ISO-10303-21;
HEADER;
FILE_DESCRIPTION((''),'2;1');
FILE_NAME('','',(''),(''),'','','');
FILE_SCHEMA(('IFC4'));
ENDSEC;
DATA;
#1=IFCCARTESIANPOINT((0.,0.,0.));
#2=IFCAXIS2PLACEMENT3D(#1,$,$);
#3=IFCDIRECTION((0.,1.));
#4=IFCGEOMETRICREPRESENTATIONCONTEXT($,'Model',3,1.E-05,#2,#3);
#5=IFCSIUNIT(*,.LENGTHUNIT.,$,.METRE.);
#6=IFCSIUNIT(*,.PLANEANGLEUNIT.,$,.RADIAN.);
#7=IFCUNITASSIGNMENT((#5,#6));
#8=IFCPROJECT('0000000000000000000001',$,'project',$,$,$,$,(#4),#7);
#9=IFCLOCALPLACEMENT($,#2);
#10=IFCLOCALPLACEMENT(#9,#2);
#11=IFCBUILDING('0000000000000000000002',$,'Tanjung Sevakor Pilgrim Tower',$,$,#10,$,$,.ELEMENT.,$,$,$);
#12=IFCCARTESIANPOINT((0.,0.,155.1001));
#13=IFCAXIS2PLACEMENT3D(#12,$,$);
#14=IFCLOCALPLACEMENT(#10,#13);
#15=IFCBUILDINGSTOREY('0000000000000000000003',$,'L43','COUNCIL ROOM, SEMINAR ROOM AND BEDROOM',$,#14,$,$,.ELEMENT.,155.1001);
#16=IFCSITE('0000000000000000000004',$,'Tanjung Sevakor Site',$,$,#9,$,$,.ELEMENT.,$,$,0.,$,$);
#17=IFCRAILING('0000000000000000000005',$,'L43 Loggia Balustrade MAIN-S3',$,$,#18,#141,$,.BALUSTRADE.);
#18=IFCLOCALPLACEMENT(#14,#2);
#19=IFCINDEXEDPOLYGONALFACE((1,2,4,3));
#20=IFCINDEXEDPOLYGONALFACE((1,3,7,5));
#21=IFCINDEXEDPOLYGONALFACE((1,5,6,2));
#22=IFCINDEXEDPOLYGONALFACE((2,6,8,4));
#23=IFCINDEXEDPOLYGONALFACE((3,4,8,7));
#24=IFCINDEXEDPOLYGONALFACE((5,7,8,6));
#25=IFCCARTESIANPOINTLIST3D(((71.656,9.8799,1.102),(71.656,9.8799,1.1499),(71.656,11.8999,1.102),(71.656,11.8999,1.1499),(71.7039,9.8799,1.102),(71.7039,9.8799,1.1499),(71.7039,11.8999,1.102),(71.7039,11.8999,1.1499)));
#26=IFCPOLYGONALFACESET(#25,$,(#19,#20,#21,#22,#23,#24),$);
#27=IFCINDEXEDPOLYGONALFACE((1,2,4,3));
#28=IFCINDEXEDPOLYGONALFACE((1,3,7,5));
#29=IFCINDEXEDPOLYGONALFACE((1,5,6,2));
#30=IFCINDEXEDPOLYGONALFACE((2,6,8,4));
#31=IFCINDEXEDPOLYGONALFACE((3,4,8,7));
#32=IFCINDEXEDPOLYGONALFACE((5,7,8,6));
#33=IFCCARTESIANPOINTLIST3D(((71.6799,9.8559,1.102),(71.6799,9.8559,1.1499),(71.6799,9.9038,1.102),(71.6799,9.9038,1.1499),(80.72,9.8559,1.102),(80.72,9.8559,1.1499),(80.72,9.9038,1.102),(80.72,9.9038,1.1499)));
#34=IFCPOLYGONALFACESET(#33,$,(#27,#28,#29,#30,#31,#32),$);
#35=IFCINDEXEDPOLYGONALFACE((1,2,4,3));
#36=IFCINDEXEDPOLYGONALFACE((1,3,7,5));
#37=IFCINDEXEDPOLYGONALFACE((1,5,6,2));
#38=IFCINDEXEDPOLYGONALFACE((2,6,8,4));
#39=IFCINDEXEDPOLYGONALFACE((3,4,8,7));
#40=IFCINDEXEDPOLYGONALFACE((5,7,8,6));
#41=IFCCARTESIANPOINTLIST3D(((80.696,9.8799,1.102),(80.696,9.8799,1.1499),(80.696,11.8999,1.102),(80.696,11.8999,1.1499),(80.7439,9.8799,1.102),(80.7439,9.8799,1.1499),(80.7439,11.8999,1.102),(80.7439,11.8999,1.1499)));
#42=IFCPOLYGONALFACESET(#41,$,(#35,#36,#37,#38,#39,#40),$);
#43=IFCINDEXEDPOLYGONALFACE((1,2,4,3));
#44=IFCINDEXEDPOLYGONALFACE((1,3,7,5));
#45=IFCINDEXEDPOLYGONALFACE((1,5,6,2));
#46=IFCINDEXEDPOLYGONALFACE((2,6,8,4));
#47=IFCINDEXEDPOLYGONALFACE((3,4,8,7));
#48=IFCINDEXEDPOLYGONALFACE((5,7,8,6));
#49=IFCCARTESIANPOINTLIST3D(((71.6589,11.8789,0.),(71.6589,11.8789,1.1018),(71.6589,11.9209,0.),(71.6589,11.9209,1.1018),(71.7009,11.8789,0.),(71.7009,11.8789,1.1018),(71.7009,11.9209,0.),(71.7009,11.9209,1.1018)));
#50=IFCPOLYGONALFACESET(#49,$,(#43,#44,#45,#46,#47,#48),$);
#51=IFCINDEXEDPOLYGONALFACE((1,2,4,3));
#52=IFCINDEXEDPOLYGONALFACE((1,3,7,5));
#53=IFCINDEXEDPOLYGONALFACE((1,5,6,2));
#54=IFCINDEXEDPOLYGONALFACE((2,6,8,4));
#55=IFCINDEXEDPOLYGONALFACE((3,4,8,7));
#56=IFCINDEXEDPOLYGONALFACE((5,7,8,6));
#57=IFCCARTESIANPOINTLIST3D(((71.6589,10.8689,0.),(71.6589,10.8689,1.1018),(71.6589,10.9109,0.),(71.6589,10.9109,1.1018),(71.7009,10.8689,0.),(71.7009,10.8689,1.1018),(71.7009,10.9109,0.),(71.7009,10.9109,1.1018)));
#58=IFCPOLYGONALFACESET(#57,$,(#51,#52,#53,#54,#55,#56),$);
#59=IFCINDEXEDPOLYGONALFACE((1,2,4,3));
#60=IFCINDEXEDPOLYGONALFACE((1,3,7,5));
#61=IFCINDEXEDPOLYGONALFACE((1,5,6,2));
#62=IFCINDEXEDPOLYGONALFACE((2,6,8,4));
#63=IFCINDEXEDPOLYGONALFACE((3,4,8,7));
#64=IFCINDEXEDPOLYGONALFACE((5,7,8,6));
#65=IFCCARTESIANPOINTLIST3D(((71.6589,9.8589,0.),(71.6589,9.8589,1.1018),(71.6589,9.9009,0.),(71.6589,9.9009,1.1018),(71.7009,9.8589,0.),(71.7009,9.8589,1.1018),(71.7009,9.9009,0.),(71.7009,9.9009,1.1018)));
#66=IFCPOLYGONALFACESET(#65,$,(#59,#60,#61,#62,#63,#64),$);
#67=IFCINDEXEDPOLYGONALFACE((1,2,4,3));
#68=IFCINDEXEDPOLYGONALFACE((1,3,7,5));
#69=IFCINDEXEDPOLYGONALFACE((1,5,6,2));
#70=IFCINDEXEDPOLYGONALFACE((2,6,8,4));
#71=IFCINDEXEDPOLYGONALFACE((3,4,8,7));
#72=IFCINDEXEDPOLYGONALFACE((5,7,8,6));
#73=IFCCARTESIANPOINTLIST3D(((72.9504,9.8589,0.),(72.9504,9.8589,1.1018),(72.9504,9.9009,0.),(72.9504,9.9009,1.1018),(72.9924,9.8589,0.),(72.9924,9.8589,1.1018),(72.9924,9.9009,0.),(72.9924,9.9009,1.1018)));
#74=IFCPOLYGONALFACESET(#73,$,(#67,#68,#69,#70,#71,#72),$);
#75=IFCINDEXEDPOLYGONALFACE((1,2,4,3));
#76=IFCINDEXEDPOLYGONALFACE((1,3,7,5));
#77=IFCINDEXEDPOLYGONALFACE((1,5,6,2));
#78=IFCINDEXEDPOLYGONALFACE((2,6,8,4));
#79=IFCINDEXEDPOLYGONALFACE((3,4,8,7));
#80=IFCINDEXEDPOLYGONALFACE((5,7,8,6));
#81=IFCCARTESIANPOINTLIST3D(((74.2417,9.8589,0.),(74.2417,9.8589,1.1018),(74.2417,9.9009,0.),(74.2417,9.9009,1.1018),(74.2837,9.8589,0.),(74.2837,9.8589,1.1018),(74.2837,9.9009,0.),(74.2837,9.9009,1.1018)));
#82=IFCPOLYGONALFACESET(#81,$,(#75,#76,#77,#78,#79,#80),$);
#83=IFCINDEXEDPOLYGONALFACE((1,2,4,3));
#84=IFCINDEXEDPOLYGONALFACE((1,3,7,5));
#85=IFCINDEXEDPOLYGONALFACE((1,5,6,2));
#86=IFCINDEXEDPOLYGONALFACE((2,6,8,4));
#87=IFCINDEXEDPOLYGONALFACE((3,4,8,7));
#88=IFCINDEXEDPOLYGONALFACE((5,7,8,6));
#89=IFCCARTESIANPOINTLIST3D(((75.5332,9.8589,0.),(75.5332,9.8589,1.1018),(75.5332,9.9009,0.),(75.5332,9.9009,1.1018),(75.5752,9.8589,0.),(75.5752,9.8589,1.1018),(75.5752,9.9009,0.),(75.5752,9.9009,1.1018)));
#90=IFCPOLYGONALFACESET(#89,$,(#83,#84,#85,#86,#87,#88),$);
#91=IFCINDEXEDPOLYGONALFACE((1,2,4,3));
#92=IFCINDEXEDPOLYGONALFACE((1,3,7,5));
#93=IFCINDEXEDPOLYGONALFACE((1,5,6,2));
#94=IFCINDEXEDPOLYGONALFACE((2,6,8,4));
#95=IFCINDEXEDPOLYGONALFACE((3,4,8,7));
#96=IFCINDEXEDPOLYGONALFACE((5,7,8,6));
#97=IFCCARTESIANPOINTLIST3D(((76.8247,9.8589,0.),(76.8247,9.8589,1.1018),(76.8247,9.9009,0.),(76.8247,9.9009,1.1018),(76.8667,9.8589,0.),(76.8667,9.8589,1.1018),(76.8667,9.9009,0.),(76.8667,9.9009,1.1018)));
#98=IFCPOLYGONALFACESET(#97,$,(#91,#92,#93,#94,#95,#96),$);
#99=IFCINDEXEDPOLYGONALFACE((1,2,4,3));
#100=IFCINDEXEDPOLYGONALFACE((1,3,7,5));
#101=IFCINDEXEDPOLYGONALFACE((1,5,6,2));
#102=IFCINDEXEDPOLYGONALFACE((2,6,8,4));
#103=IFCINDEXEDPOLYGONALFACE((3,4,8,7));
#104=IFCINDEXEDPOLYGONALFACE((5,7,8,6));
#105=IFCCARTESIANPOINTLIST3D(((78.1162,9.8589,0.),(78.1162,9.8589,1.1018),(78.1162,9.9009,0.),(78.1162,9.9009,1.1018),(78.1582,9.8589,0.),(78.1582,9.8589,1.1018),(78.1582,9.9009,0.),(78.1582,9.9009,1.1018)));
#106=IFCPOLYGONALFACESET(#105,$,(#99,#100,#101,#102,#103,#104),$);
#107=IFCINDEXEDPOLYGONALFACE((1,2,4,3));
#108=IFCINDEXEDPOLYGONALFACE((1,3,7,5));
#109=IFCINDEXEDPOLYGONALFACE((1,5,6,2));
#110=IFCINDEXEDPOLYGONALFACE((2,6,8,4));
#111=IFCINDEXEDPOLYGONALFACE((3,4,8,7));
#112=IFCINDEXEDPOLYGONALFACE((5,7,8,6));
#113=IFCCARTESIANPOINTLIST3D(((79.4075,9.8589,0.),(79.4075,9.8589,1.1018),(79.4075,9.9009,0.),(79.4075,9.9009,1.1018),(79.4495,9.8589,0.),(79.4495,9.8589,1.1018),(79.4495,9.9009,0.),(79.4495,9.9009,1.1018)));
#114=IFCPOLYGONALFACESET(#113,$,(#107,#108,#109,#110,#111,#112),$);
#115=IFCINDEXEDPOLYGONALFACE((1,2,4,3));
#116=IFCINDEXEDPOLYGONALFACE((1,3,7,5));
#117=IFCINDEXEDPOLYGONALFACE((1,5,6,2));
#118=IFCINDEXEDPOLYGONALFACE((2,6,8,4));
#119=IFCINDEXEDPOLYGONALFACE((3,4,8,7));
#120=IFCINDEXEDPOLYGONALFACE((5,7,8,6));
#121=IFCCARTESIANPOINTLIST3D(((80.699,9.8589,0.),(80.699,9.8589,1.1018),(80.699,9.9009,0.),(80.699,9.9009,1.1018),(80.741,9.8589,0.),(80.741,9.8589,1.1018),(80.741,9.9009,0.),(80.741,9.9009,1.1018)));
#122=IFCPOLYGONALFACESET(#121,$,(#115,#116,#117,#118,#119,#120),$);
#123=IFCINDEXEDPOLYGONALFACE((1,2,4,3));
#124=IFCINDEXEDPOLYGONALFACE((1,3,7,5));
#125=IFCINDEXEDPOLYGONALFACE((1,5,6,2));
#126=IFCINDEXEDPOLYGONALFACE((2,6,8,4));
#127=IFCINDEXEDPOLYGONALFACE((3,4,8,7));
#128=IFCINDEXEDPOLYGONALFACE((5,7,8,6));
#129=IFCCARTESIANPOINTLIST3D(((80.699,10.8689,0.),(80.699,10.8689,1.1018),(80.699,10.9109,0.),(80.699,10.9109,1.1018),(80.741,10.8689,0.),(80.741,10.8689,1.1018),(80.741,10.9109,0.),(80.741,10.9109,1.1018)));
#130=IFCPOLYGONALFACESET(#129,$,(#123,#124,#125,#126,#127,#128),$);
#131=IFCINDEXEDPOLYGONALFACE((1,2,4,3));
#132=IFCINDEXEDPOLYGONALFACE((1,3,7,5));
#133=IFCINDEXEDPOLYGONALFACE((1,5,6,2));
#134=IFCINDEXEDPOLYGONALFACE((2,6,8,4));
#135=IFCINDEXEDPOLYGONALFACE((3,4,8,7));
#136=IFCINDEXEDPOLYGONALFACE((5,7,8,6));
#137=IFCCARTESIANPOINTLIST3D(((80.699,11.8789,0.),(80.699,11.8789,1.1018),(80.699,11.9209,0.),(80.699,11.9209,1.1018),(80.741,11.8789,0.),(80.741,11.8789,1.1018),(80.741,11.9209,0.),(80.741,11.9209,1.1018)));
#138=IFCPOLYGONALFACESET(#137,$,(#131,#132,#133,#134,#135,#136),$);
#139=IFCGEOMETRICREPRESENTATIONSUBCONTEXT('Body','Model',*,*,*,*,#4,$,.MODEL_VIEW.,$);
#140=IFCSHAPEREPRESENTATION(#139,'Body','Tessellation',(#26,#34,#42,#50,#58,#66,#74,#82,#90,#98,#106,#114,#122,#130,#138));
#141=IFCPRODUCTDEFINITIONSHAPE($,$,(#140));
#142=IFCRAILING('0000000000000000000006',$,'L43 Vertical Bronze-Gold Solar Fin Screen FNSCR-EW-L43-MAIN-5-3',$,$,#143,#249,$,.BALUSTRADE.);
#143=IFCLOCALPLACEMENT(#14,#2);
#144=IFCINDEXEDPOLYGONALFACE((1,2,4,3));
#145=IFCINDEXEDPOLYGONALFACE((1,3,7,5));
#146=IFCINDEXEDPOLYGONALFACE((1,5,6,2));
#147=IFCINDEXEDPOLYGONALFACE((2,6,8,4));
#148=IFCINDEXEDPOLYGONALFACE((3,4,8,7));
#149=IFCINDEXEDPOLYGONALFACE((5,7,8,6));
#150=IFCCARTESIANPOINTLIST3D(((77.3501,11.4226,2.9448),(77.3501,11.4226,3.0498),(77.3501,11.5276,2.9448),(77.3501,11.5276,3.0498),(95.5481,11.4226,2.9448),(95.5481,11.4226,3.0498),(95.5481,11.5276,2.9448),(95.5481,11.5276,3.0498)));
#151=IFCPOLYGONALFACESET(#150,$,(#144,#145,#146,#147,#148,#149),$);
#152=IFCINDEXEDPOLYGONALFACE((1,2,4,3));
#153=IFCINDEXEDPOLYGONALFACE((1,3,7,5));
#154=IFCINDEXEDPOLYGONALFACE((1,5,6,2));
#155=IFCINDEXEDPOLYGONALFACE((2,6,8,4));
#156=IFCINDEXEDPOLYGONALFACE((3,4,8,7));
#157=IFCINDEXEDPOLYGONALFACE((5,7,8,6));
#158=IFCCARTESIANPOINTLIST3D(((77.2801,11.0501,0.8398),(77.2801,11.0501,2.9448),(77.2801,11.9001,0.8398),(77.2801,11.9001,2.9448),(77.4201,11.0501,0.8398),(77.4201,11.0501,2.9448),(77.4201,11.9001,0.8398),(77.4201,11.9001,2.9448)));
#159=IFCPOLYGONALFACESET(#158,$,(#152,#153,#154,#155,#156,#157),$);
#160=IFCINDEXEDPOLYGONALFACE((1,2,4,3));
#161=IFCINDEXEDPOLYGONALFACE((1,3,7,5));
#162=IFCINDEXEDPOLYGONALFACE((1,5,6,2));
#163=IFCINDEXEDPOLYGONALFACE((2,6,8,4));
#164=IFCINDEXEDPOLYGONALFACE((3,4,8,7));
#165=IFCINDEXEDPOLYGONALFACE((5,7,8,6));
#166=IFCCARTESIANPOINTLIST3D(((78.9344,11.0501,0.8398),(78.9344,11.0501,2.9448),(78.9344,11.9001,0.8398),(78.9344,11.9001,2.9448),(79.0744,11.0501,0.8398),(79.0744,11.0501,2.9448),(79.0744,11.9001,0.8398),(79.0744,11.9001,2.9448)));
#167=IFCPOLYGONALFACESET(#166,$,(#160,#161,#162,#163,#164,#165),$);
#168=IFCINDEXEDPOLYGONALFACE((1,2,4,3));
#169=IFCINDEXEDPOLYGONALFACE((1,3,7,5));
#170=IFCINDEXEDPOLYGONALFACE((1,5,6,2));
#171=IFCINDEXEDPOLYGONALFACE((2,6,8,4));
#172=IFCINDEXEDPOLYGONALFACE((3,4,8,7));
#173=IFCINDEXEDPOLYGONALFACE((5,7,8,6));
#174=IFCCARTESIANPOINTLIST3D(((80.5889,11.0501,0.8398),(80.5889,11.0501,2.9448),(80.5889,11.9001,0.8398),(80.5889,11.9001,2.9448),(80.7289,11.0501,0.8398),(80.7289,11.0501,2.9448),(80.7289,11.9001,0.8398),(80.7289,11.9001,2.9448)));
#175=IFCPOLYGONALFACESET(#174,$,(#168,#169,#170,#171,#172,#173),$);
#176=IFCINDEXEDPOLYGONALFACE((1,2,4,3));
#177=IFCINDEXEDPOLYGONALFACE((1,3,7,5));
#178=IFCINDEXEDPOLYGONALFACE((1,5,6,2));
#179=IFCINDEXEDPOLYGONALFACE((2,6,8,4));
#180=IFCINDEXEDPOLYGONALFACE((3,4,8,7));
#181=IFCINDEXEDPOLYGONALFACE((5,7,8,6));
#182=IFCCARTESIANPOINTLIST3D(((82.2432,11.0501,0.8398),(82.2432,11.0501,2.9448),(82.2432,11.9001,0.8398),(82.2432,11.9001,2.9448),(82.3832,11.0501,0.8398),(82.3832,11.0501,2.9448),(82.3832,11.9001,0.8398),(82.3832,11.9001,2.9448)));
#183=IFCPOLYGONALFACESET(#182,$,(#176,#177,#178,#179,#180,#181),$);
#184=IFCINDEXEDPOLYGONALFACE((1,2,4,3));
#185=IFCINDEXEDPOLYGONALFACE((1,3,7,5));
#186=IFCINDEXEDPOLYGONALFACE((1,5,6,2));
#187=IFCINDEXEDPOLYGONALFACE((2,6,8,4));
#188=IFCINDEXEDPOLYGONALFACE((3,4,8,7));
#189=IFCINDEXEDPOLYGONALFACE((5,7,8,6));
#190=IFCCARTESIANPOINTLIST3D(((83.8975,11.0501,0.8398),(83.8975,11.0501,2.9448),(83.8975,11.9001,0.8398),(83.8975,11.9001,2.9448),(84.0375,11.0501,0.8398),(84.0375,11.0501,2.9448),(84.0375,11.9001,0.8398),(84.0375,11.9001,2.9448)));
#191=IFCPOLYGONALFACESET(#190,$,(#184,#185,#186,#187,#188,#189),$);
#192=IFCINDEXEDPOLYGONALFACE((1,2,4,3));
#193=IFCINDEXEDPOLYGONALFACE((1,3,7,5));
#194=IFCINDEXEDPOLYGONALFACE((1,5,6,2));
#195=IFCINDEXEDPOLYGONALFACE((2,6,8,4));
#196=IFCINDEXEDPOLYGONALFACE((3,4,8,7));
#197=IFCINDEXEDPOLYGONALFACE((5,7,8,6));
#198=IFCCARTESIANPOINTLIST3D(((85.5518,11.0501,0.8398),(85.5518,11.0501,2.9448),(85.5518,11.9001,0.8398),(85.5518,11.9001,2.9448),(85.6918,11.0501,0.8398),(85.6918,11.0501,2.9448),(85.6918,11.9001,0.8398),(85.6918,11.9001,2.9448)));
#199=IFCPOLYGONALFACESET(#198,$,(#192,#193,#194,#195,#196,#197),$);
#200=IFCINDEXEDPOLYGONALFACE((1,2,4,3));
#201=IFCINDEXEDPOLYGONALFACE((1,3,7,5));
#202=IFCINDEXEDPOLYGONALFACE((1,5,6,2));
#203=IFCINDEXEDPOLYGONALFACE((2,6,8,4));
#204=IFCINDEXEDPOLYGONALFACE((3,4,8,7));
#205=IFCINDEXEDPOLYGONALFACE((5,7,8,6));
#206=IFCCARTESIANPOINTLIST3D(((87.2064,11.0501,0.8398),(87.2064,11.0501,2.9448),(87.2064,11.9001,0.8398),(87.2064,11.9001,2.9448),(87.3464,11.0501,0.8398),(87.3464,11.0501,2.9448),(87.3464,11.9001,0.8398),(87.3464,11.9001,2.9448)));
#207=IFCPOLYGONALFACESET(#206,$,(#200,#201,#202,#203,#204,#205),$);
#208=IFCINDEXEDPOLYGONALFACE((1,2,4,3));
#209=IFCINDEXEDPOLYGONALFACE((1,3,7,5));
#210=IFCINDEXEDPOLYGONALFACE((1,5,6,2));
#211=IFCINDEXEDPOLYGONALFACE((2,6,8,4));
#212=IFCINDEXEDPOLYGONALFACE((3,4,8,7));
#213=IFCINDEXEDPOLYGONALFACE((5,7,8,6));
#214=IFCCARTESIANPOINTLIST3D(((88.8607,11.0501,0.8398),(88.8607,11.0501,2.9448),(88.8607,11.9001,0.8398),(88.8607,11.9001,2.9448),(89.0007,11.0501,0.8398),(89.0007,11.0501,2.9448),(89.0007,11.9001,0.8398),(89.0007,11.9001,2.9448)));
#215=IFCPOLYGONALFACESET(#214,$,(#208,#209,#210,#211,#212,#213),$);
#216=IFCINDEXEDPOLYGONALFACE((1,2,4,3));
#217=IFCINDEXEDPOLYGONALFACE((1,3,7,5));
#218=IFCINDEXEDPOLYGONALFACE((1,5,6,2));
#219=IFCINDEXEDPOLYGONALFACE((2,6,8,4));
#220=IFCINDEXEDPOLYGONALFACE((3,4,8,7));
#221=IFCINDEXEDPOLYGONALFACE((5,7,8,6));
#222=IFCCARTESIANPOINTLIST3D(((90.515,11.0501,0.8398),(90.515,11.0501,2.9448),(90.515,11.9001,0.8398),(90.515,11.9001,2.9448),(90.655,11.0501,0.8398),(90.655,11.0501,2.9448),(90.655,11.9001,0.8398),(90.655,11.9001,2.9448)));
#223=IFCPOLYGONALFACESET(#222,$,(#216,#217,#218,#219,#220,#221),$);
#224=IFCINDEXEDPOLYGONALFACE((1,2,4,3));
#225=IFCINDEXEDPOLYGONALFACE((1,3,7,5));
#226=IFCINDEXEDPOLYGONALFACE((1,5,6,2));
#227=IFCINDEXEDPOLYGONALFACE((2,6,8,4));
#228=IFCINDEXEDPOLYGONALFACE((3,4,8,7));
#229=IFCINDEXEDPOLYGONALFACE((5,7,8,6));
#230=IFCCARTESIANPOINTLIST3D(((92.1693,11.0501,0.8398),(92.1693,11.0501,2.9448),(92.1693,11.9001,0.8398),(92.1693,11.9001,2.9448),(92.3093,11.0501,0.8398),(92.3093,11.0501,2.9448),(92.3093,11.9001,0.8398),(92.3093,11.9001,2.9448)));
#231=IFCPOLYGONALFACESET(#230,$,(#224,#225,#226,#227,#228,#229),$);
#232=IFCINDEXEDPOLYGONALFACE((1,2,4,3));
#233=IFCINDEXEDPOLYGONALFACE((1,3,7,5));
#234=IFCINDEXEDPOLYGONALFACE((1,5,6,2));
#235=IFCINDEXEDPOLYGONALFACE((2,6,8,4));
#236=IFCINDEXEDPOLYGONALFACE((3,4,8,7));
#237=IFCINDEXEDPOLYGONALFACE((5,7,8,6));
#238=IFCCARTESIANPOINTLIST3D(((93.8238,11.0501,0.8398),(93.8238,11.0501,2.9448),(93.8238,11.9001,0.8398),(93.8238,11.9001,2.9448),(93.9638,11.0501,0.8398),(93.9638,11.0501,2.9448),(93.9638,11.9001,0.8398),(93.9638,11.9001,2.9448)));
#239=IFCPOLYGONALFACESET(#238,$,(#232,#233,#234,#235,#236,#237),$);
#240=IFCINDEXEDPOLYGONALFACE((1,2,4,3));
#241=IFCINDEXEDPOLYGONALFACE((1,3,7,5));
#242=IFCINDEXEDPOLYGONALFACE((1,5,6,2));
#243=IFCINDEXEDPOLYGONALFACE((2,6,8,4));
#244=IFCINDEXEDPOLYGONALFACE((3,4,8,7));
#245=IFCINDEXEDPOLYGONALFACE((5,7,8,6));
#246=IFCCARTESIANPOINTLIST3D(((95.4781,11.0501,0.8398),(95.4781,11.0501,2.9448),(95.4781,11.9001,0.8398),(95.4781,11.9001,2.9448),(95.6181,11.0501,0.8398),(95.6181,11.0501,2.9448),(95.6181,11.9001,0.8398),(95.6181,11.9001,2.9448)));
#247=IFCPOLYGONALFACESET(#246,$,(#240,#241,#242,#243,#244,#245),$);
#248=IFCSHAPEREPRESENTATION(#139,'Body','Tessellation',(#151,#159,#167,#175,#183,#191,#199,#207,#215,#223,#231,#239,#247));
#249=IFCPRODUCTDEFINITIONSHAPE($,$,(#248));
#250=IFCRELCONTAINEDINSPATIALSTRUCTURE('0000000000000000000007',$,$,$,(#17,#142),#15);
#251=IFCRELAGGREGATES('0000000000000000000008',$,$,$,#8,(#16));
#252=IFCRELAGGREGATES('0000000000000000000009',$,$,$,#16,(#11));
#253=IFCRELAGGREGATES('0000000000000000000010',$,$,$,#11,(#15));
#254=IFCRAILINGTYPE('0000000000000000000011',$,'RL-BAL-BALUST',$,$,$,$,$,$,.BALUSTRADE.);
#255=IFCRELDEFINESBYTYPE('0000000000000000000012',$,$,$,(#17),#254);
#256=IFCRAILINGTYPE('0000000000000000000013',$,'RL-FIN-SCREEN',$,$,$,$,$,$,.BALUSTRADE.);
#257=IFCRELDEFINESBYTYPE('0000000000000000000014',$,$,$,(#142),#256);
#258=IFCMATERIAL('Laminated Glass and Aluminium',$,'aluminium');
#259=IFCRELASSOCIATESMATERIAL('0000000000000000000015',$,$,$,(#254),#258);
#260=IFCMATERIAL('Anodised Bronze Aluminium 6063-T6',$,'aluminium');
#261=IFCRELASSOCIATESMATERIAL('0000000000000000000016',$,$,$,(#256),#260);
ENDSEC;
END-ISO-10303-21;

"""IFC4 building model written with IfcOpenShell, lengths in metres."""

from ifc_helpers import new_model, si_unit, direction, frame, origin, place, context, subcontext, project, spatial, rectangle, extrude, material, type_object, element, save


model = new_model("IFC4")

# Units and contexts
model_context = context("Model", 3, precision=1e-05, world=origin(), true_north=direction((0.0, 1.0)))
body_context = subcontext(model_context, "Body", "Model", "MODEL_VIEW")
ifc_project = project(units=[si_unit("LENGTHUNIT", "METRE"), si_unit("PLANEANGLEUNIT", "RADIAN")], contexts=[model_context])

# Site, building, storey
site_placement = place(None, origin())
site = spatial("IfcSite", under=ifc_project, at=site_placement, Name="Tanjung Sevakor Site", CompositionType="ELEMENT", RefElevation=0.0)
building_placement = place(site_placement, origin())
building = spatial("IfcBuilding", under=site, at=building_placement, Name="Tanjung Sevakor Pilgrim Tower", CompositionType="ELEMENT")
storey_placement = place(building_placement, frame((0.0, 0.0, 155.1001)))
storey = spatial("IfcBuildingStorey", under=building, at=storey_placement, Name="L43", Description="COUNCIL ROOM, SEMINAR ROOM AND BEDROOM", CompositionType="ELEMENT", Elevation=155.1001)

# Railings
ifc_material_1 = material(Name="Laminated Glass and Aluminium", Category="aluminium")
railing_type_1 = type_object("IfcRailingType", Name="RL-BAL-BALUST", PredefinedType="BALUSTRADE", material=ifc_material_1)
railing_1_placement = place(storey_placement, frame((71.6799, 11.8999, 0.0)))
element("IfcRailing", 1, at=railing_1_placement, inside=storey, type_object=railing_type_1, Name="L43 Loggia Balustrade MAIN-S3", PredefinedType="BALUSTRADE", context=body_context, shape_type="SweptSolid", body=[
    extrude(rectangle(XDim=0.0479, YDim=0.0479), frame((0.0, 0.0, 1.126), z_axis=(0.0, -1.0, 0.0), x_axis=(1.0, 0.0, 0.0)), (0.0, 0.0, 1.0), 2.02),
    extrude(rectangle(XDim=0.0479, YDim=0.0479), frame((0.0, -2.02, 1.126), z_axis=(1.0, 0.0, 0.0), x_axis=(0.0, 1.0, 0.0)), (0.0, 0.0, 1.0), 9.04),
    extrude(rectangle(XDim=0.0479, YDim=0.0479), frame((9.04, -2.02, 1.126), z_axis=(0.0, 1.0, 0.0), x_axis=(-1.0, 0.0, 0.0)), (0.0, 0.0, 1.0), 2.02),
    extrude(rectangle(XDim=0.042, YDim=0.042), origin(), (0.0, 0.0, 1.0), 1.1018),
    extrude(rectangle(XDim=0.042, YDim=0.042), frame((0.0, -1.01, 0.0)), (0.0, 0.0, 1.0), 1.1018),
    extrude(rectangle(XDim=0.042, YDim=0.042), frame((0.0, -2.02, 0.0)), (0.0, 0.0, 1.0), 1.1018),
    extrude(rectangle(XDim=0.042, YDim=0.042), frame((1.2915, -2.02, 0.0)), (0.0, 0.0, 1.0), 1.1018),
    extrude(rectangle(XDim=0.042, YDim=0.042), frame((2.5828, -2.02, 0.0)), (0.0, 0.0, 1.0), 1.1018),
    extrude(rectangle(XDim=0.042, YDim=0.042), frame((3.8743, -2.02, 0.0)), (0.0, 0.0, 1.0), 1.1018),
    extrude(rectangle(XDim=0.042, YDim=0.042), frame((5.1658, -2.02, 0.0)), (0.0, 0.0, 1.0), 1.1018),
    extrude(rectangle(XDim=0.042, YDim=0.042), frame((6.4573, -2.02, 0.0)), (0.0, 0.0, 1.0), 1.1018),
    extrude(rectangle(XDim=0.042, YDim=0.042), frame((7.7485, -2.02, 0.0)), (0.0, 0.0, 1.0), 1.1018),
    extrude(rectangle(XDim=0.042, YDim=0.042), frame((9.04, -2.02, 0.0)), (0.0, 0.0, 1.0), 1.1018),
    extrude(rectangle(XDim=0.042, YDim=0.042), frame((9.04, -1.01, 0.0)), (0.0, 0.0, 1.0), 1.1018),
    extrude(rectangle(XDim=0.042, YDim=0.042), frame((9.04, 0.0, 0.0)), (0.0, 0.0, 1.0), 1.1018),
])
ifc_material_2 = material(Name="Anodised Bronze Aluminium 6063-T6", Category="aluminium")
railing_type_2 = type_object("IfcRailingType", Name="RL-FIN-SCREEN", PredefinedType="BALUSTRADE", material=ifc_material_2)
railing_2_placement = place(storey_placement, frame((77.3501, 11.4751, 0.8398)))
element("IfcRailing", 2, at=railing_2_placement, inside=storey, type_object=railing_type_2, Name="L43 Vertical Bronze-Gold Solar Fin Screen FNSCR-EW-L43-MAIN-5-3", PredefinedType="BALUSTRADE", context=body_context, shape_type="SweptSolid", body=[
    extrude(rectangle(XDim=0.105, YDim=0.105), frame((0.0, 0.0, 2.1575), z_axis=(1.0, 0.0, 0.0), x_axis=(0.0, 1.0, 0.0)), (0.0, 0.0, 1.0), 18.198),
    extrude(rectangle(XDim=0.14, YDim=0.85), origin(), (0.0, 0.0, 1.0), 2.105),
    extrude(rectangle(XDim=0.14, YDim=0.85), frame((1.6543, 0.0, 0.0)), (0.0, 0.0, 1.0), 2.105),
    extrude(rectangle(XDim=0.14, YDim=0.85), frame((3.3088, 0.0, 0.0)), (0.0, 0.0, 1.0), 2.105),
    extrude(rectangle(XDim=0.14, YDim=0.85), frame((4.9631, 0.0, 0.0)), (0.0, 0.0, 1.0), 2.105),
    extrude(rectangle(XDim=0.14, YDim=0.85), frame((6.6174, 0.0, 0.0)), (0.0, 0.0, 1.0), 2.105),
    extrude(rectangle(XDim=0.14, YDim=0.85), frame((8.2717, 0.0, 0.0)), (0.0, 0.0, 1.0), 2.105),
    extrude(rectangle(XDim=0.14, YDim=0.85), frame((9.9263, 0.0, 0.0)), (0.0, 0.0, 1.0), 2.105),
    extrude(rectangle(XDim=0.14, YDim=0.85), frame((11.5806, 0.0, 0.0)), (0.0, 0.0, 1.0), 2.105),
    extrude(rectangle(XDim=0.14, YDim=0.85), frame((13.2349, 0.0, 0.0)), (0.0, 0.0, 1.0), 2.105),
    extrude(rectangle(XDim=0.14, YDim=0.85), frame((14.8892, 0.0, 0.0)), (0.0, 0.0, 1.0), 2.105),
    extrude(rectangle(XDim=0.14, YDim=0.85), frame((16.5437, 0.0, 0.0)), (0.0, 0.0, 1.0), 2.105),
    extrude(rectangle(XDim=0.14, YDim=0.85), frame((18.198, 0.0, 0.0)), (0.0, 0.0, 1.0), 2.105),
])

save(model, "model.ifc")
